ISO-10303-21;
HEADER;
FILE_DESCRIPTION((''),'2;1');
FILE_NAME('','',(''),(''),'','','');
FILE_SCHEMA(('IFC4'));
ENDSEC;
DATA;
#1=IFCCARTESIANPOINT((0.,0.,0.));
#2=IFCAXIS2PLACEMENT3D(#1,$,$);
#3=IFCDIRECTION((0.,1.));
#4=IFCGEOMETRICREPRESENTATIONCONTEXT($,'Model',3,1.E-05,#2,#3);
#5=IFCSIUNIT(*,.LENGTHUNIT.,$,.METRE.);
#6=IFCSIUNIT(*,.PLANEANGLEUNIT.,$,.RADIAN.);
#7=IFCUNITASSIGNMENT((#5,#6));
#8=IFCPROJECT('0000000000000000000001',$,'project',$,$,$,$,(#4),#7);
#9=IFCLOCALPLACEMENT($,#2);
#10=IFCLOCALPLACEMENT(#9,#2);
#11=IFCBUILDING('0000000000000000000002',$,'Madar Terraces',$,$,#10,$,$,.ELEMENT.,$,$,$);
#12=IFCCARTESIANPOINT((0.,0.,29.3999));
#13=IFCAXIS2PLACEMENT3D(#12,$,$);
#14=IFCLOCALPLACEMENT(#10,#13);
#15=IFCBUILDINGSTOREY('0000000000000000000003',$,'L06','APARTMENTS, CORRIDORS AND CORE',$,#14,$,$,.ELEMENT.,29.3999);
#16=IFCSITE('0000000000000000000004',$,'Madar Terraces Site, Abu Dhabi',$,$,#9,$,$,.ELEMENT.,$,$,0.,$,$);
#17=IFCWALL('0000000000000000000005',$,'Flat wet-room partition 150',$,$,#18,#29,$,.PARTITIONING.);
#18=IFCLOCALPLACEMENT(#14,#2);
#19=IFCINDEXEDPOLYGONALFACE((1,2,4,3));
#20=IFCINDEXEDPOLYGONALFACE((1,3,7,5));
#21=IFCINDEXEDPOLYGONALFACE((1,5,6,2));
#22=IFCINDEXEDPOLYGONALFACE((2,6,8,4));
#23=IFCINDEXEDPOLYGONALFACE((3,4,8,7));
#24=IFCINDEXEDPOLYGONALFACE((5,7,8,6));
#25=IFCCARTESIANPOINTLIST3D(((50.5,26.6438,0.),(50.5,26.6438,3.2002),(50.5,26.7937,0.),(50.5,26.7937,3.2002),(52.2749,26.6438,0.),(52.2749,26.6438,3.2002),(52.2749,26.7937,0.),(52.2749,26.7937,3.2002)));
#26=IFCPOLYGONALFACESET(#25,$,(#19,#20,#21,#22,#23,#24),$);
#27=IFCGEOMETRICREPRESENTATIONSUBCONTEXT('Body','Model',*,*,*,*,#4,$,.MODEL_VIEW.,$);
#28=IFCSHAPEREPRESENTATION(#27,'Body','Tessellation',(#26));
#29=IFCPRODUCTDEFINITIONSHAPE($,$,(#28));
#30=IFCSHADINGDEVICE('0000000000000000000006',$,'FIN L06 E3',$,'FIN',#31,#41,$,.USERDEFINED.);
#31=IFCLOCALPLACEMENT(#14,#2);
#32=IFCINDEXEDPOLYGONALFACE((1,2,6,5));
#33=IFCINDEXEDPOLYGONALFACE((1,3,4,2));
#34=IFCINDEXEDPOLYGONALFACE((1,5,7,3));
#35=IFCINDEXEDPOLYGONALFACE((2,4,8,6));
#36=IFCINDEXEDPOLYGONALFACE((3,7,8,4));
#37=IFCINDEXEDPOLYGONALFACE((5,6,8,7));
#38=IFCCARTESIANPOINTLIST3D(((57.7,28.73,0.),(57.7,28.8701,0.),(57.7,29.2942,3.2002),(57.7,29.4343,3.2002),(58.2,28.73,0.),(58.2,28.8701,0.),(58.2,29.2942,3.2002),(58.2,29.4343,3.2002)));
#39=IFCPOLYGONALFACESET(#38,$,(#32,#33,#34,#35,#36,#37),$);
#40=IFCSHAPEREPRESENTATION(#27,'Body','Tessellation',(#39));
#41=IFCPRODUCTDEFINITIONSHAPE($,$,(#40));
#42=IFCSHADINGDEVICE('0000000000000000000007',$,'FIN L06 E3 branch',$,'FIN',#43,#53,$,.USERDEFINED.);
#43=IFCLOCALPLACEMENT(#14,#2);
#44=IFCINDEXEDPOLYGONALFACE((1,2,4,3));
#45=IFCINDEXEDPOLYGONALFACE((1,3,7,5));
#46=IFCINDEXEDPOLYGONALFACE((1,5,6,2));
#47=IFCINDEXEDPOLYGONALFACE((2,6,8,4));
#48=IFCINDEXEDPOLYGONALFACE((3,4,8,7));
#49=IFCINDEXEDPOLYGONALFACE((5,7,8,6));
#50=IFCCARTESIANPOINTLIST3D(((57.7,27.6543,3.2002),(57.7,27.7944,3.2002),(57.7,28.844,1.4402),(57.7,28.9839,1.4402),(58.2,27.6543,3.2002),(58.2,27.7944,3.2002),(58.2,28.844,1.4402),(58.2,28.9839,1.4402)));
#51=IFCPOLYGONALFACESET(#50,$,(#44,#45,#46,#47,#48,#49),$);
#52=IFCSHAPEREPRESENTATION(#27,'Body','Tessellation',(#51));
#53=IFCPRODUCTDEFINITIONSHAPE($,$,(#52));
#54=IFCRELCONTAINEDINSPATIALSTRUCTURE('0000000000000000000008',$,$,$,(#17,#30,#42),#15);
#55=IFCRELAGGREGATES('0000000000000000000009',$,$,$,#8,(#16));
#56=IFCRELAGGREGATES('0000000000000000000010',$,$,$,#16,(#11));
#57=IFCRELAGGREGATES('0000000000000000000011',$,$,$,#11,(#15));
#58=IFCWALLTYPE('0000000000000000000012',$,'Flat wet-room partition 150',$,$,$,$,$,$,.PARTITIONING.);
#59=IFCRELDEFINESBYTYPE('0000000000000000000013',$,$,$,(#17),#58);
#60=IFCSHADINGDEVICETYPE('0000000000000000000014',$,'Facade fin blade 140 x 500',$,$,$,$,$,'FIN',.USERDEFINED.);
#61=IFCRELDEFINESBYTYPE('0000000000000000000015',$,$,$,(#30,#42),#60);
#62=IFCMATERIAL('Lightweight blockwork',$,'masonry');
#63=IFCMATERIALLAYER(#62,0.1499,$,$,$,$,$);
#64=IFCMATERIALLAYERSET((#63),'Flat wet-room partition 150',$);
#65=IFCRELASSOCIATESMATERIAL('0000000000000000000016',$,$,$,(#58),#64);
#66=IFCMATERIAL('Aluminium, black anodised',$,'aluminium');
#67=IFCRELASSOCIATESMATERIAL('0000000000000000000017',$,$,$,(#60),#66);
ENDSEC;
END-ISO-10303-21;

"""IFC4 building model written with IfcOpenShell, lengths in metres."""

from ifc_helpers import new_model, si_unit, direction, frame, frame_2d, origin, place, context, subcontext, project, spatial, polyline, rectangle, outline, extrude, material, layer, layer_set, type_object, element, save


model = new_model("IFC4")

# Units and contexts
model_context = context("Model", 3, precision=1e-05, world=origin(), true_north=direction((0.0, 1.0)))
body_context = subcontext(model_context, "Body", "Model", "MODEL_VIEW")
ifc_project = project(units=[si_unit("LENGTHUNIT", "METRE"), si_unit("PLANEANGLEUNIT", "RADIAN")], contexts=[model_context])

# Site, building, storey
site_placement = place(None, origin())
site = spatial("IfcSite", under=ifc_project, at=site_placement, Name="Madar Terraces Site, Abu Dhabi", CompositionType="ELEMENT", RefElevation=0.0)
building_placement = place(site_placement, origin())
building = spatial("IfcBuilding", under=site, at=building_placement, Name="Madar Terraces", CompositionType="ELEMENT")
storey_placement = place(building_placement, frame((0.0, 0.0, 29.3999)))
storey = spatial("IfcBuildingStorey", under=building, at=storey_placement, Name="L06", Description="APARTMENTS, CORRIDORS AND CORE", CompositionType="ELEMENT", Elevation=29.3999)

# Wall
ifc_material_1 = material(Name="Lightweight blockwork", Category="masonry")
ifc_layer_1 = layer(ifc_material_1, 0.1499)
ifc_layer_set_1 = layer_set([ifc_layer_1], Name="Flat wet-room partition 150")
wall_type_1 = type_object("IfcWallType", Name="Flat wet-room partition 150", PredefinedType="PARTITIONING", material=ifc_layer_set_1)
wall_1_placement = place(storey_placement, frame((50.5, 26.7188, 0.0), z_axis=(0.0, 0.0, 1.0), x_axis=(1.0, 0.0, 0.0)))
element("IfcWall", 1, at=wall_1_placement, inside=storey, type_object=wall_type_1, Name="Flat wet-room partition 150", PredefinedType="PARTITIONING", context=body_context, shape_type="SweptSolid", body=[
    extrude(rectangle(XDim=1.7749, YDim=0.1499, at=frame_2d((0.8875, 0.0))), origin(), (0.0, 0.0, 1.0), 3.2002),
])

# Shading devices
ifc_material_2 = material(Name="Aluminium, black anodised", Category="aluminium")
shading_device_type = type_object("IfcShadingDeviceType", Name="Facade fin blade 140 x 500", ElementType="FIN", PredefinedType="USERDEFINED", material=ifc_material_2)
shading_device_1_placement = place(storey_placement, frame((57.95, 28.73, 0.0), z_axis=(0.0, 0.0, 1.0), x_axis=(0.0, 1.0, 0.0)))
element("IfcShadingDevice", 2, at=shading_device_1_placement, inside=storey, type_object=shading_device_type, Name="FIN L06 E3", ObjectType="FIN", PredefinedType="USERDEFINED", context=body_context, shape_type="SweptSolid", body=[
    extrude(outline(polyline([(0.0, 0.0), (0.1401, 0.0), (0.7043, 3.2002), (0.5642, 3.2002), (0.0, 0.0)])), frame((0.0, 0.25, 0.0), z_axis=(0.0, -1.0, 0.0), x_axis=(1.0, 0.0, 0.0)), (0.0, 0.0, 1.0), 0.5),
])
shading_device_2_placement = place(storey_placement, frame((57.95, 28.844, 1.4402), z_axis=(0.0, 0.0, 1.0), x_axis=(0.0, 1.0, 0.0)))
element("IfcShadingDevice", 3, at=shading_device_2_placement, inside=storey, type_object=shading_device_type, Name="FIN L06 E3 branch", ObjectType="FIN", PredefinedType="USERDEFINED", context=body_context, shape_type="SweptSolid", body=[
    extrude(outline(polyline([(0.0, 0.0), (0.1399, 0.0), (-1.0496, 1.76), (-1.1897, 1.76), (0.0, 0.0)])), frame((0.0, 0.25, 0.0), z_axis=(0.0, -1.0, 0.0), x_axis=(1.0, 0.0, 0.0)), (0.0, 0.0, 1.0), 0.5),
])

save(model, "model.ifc")
